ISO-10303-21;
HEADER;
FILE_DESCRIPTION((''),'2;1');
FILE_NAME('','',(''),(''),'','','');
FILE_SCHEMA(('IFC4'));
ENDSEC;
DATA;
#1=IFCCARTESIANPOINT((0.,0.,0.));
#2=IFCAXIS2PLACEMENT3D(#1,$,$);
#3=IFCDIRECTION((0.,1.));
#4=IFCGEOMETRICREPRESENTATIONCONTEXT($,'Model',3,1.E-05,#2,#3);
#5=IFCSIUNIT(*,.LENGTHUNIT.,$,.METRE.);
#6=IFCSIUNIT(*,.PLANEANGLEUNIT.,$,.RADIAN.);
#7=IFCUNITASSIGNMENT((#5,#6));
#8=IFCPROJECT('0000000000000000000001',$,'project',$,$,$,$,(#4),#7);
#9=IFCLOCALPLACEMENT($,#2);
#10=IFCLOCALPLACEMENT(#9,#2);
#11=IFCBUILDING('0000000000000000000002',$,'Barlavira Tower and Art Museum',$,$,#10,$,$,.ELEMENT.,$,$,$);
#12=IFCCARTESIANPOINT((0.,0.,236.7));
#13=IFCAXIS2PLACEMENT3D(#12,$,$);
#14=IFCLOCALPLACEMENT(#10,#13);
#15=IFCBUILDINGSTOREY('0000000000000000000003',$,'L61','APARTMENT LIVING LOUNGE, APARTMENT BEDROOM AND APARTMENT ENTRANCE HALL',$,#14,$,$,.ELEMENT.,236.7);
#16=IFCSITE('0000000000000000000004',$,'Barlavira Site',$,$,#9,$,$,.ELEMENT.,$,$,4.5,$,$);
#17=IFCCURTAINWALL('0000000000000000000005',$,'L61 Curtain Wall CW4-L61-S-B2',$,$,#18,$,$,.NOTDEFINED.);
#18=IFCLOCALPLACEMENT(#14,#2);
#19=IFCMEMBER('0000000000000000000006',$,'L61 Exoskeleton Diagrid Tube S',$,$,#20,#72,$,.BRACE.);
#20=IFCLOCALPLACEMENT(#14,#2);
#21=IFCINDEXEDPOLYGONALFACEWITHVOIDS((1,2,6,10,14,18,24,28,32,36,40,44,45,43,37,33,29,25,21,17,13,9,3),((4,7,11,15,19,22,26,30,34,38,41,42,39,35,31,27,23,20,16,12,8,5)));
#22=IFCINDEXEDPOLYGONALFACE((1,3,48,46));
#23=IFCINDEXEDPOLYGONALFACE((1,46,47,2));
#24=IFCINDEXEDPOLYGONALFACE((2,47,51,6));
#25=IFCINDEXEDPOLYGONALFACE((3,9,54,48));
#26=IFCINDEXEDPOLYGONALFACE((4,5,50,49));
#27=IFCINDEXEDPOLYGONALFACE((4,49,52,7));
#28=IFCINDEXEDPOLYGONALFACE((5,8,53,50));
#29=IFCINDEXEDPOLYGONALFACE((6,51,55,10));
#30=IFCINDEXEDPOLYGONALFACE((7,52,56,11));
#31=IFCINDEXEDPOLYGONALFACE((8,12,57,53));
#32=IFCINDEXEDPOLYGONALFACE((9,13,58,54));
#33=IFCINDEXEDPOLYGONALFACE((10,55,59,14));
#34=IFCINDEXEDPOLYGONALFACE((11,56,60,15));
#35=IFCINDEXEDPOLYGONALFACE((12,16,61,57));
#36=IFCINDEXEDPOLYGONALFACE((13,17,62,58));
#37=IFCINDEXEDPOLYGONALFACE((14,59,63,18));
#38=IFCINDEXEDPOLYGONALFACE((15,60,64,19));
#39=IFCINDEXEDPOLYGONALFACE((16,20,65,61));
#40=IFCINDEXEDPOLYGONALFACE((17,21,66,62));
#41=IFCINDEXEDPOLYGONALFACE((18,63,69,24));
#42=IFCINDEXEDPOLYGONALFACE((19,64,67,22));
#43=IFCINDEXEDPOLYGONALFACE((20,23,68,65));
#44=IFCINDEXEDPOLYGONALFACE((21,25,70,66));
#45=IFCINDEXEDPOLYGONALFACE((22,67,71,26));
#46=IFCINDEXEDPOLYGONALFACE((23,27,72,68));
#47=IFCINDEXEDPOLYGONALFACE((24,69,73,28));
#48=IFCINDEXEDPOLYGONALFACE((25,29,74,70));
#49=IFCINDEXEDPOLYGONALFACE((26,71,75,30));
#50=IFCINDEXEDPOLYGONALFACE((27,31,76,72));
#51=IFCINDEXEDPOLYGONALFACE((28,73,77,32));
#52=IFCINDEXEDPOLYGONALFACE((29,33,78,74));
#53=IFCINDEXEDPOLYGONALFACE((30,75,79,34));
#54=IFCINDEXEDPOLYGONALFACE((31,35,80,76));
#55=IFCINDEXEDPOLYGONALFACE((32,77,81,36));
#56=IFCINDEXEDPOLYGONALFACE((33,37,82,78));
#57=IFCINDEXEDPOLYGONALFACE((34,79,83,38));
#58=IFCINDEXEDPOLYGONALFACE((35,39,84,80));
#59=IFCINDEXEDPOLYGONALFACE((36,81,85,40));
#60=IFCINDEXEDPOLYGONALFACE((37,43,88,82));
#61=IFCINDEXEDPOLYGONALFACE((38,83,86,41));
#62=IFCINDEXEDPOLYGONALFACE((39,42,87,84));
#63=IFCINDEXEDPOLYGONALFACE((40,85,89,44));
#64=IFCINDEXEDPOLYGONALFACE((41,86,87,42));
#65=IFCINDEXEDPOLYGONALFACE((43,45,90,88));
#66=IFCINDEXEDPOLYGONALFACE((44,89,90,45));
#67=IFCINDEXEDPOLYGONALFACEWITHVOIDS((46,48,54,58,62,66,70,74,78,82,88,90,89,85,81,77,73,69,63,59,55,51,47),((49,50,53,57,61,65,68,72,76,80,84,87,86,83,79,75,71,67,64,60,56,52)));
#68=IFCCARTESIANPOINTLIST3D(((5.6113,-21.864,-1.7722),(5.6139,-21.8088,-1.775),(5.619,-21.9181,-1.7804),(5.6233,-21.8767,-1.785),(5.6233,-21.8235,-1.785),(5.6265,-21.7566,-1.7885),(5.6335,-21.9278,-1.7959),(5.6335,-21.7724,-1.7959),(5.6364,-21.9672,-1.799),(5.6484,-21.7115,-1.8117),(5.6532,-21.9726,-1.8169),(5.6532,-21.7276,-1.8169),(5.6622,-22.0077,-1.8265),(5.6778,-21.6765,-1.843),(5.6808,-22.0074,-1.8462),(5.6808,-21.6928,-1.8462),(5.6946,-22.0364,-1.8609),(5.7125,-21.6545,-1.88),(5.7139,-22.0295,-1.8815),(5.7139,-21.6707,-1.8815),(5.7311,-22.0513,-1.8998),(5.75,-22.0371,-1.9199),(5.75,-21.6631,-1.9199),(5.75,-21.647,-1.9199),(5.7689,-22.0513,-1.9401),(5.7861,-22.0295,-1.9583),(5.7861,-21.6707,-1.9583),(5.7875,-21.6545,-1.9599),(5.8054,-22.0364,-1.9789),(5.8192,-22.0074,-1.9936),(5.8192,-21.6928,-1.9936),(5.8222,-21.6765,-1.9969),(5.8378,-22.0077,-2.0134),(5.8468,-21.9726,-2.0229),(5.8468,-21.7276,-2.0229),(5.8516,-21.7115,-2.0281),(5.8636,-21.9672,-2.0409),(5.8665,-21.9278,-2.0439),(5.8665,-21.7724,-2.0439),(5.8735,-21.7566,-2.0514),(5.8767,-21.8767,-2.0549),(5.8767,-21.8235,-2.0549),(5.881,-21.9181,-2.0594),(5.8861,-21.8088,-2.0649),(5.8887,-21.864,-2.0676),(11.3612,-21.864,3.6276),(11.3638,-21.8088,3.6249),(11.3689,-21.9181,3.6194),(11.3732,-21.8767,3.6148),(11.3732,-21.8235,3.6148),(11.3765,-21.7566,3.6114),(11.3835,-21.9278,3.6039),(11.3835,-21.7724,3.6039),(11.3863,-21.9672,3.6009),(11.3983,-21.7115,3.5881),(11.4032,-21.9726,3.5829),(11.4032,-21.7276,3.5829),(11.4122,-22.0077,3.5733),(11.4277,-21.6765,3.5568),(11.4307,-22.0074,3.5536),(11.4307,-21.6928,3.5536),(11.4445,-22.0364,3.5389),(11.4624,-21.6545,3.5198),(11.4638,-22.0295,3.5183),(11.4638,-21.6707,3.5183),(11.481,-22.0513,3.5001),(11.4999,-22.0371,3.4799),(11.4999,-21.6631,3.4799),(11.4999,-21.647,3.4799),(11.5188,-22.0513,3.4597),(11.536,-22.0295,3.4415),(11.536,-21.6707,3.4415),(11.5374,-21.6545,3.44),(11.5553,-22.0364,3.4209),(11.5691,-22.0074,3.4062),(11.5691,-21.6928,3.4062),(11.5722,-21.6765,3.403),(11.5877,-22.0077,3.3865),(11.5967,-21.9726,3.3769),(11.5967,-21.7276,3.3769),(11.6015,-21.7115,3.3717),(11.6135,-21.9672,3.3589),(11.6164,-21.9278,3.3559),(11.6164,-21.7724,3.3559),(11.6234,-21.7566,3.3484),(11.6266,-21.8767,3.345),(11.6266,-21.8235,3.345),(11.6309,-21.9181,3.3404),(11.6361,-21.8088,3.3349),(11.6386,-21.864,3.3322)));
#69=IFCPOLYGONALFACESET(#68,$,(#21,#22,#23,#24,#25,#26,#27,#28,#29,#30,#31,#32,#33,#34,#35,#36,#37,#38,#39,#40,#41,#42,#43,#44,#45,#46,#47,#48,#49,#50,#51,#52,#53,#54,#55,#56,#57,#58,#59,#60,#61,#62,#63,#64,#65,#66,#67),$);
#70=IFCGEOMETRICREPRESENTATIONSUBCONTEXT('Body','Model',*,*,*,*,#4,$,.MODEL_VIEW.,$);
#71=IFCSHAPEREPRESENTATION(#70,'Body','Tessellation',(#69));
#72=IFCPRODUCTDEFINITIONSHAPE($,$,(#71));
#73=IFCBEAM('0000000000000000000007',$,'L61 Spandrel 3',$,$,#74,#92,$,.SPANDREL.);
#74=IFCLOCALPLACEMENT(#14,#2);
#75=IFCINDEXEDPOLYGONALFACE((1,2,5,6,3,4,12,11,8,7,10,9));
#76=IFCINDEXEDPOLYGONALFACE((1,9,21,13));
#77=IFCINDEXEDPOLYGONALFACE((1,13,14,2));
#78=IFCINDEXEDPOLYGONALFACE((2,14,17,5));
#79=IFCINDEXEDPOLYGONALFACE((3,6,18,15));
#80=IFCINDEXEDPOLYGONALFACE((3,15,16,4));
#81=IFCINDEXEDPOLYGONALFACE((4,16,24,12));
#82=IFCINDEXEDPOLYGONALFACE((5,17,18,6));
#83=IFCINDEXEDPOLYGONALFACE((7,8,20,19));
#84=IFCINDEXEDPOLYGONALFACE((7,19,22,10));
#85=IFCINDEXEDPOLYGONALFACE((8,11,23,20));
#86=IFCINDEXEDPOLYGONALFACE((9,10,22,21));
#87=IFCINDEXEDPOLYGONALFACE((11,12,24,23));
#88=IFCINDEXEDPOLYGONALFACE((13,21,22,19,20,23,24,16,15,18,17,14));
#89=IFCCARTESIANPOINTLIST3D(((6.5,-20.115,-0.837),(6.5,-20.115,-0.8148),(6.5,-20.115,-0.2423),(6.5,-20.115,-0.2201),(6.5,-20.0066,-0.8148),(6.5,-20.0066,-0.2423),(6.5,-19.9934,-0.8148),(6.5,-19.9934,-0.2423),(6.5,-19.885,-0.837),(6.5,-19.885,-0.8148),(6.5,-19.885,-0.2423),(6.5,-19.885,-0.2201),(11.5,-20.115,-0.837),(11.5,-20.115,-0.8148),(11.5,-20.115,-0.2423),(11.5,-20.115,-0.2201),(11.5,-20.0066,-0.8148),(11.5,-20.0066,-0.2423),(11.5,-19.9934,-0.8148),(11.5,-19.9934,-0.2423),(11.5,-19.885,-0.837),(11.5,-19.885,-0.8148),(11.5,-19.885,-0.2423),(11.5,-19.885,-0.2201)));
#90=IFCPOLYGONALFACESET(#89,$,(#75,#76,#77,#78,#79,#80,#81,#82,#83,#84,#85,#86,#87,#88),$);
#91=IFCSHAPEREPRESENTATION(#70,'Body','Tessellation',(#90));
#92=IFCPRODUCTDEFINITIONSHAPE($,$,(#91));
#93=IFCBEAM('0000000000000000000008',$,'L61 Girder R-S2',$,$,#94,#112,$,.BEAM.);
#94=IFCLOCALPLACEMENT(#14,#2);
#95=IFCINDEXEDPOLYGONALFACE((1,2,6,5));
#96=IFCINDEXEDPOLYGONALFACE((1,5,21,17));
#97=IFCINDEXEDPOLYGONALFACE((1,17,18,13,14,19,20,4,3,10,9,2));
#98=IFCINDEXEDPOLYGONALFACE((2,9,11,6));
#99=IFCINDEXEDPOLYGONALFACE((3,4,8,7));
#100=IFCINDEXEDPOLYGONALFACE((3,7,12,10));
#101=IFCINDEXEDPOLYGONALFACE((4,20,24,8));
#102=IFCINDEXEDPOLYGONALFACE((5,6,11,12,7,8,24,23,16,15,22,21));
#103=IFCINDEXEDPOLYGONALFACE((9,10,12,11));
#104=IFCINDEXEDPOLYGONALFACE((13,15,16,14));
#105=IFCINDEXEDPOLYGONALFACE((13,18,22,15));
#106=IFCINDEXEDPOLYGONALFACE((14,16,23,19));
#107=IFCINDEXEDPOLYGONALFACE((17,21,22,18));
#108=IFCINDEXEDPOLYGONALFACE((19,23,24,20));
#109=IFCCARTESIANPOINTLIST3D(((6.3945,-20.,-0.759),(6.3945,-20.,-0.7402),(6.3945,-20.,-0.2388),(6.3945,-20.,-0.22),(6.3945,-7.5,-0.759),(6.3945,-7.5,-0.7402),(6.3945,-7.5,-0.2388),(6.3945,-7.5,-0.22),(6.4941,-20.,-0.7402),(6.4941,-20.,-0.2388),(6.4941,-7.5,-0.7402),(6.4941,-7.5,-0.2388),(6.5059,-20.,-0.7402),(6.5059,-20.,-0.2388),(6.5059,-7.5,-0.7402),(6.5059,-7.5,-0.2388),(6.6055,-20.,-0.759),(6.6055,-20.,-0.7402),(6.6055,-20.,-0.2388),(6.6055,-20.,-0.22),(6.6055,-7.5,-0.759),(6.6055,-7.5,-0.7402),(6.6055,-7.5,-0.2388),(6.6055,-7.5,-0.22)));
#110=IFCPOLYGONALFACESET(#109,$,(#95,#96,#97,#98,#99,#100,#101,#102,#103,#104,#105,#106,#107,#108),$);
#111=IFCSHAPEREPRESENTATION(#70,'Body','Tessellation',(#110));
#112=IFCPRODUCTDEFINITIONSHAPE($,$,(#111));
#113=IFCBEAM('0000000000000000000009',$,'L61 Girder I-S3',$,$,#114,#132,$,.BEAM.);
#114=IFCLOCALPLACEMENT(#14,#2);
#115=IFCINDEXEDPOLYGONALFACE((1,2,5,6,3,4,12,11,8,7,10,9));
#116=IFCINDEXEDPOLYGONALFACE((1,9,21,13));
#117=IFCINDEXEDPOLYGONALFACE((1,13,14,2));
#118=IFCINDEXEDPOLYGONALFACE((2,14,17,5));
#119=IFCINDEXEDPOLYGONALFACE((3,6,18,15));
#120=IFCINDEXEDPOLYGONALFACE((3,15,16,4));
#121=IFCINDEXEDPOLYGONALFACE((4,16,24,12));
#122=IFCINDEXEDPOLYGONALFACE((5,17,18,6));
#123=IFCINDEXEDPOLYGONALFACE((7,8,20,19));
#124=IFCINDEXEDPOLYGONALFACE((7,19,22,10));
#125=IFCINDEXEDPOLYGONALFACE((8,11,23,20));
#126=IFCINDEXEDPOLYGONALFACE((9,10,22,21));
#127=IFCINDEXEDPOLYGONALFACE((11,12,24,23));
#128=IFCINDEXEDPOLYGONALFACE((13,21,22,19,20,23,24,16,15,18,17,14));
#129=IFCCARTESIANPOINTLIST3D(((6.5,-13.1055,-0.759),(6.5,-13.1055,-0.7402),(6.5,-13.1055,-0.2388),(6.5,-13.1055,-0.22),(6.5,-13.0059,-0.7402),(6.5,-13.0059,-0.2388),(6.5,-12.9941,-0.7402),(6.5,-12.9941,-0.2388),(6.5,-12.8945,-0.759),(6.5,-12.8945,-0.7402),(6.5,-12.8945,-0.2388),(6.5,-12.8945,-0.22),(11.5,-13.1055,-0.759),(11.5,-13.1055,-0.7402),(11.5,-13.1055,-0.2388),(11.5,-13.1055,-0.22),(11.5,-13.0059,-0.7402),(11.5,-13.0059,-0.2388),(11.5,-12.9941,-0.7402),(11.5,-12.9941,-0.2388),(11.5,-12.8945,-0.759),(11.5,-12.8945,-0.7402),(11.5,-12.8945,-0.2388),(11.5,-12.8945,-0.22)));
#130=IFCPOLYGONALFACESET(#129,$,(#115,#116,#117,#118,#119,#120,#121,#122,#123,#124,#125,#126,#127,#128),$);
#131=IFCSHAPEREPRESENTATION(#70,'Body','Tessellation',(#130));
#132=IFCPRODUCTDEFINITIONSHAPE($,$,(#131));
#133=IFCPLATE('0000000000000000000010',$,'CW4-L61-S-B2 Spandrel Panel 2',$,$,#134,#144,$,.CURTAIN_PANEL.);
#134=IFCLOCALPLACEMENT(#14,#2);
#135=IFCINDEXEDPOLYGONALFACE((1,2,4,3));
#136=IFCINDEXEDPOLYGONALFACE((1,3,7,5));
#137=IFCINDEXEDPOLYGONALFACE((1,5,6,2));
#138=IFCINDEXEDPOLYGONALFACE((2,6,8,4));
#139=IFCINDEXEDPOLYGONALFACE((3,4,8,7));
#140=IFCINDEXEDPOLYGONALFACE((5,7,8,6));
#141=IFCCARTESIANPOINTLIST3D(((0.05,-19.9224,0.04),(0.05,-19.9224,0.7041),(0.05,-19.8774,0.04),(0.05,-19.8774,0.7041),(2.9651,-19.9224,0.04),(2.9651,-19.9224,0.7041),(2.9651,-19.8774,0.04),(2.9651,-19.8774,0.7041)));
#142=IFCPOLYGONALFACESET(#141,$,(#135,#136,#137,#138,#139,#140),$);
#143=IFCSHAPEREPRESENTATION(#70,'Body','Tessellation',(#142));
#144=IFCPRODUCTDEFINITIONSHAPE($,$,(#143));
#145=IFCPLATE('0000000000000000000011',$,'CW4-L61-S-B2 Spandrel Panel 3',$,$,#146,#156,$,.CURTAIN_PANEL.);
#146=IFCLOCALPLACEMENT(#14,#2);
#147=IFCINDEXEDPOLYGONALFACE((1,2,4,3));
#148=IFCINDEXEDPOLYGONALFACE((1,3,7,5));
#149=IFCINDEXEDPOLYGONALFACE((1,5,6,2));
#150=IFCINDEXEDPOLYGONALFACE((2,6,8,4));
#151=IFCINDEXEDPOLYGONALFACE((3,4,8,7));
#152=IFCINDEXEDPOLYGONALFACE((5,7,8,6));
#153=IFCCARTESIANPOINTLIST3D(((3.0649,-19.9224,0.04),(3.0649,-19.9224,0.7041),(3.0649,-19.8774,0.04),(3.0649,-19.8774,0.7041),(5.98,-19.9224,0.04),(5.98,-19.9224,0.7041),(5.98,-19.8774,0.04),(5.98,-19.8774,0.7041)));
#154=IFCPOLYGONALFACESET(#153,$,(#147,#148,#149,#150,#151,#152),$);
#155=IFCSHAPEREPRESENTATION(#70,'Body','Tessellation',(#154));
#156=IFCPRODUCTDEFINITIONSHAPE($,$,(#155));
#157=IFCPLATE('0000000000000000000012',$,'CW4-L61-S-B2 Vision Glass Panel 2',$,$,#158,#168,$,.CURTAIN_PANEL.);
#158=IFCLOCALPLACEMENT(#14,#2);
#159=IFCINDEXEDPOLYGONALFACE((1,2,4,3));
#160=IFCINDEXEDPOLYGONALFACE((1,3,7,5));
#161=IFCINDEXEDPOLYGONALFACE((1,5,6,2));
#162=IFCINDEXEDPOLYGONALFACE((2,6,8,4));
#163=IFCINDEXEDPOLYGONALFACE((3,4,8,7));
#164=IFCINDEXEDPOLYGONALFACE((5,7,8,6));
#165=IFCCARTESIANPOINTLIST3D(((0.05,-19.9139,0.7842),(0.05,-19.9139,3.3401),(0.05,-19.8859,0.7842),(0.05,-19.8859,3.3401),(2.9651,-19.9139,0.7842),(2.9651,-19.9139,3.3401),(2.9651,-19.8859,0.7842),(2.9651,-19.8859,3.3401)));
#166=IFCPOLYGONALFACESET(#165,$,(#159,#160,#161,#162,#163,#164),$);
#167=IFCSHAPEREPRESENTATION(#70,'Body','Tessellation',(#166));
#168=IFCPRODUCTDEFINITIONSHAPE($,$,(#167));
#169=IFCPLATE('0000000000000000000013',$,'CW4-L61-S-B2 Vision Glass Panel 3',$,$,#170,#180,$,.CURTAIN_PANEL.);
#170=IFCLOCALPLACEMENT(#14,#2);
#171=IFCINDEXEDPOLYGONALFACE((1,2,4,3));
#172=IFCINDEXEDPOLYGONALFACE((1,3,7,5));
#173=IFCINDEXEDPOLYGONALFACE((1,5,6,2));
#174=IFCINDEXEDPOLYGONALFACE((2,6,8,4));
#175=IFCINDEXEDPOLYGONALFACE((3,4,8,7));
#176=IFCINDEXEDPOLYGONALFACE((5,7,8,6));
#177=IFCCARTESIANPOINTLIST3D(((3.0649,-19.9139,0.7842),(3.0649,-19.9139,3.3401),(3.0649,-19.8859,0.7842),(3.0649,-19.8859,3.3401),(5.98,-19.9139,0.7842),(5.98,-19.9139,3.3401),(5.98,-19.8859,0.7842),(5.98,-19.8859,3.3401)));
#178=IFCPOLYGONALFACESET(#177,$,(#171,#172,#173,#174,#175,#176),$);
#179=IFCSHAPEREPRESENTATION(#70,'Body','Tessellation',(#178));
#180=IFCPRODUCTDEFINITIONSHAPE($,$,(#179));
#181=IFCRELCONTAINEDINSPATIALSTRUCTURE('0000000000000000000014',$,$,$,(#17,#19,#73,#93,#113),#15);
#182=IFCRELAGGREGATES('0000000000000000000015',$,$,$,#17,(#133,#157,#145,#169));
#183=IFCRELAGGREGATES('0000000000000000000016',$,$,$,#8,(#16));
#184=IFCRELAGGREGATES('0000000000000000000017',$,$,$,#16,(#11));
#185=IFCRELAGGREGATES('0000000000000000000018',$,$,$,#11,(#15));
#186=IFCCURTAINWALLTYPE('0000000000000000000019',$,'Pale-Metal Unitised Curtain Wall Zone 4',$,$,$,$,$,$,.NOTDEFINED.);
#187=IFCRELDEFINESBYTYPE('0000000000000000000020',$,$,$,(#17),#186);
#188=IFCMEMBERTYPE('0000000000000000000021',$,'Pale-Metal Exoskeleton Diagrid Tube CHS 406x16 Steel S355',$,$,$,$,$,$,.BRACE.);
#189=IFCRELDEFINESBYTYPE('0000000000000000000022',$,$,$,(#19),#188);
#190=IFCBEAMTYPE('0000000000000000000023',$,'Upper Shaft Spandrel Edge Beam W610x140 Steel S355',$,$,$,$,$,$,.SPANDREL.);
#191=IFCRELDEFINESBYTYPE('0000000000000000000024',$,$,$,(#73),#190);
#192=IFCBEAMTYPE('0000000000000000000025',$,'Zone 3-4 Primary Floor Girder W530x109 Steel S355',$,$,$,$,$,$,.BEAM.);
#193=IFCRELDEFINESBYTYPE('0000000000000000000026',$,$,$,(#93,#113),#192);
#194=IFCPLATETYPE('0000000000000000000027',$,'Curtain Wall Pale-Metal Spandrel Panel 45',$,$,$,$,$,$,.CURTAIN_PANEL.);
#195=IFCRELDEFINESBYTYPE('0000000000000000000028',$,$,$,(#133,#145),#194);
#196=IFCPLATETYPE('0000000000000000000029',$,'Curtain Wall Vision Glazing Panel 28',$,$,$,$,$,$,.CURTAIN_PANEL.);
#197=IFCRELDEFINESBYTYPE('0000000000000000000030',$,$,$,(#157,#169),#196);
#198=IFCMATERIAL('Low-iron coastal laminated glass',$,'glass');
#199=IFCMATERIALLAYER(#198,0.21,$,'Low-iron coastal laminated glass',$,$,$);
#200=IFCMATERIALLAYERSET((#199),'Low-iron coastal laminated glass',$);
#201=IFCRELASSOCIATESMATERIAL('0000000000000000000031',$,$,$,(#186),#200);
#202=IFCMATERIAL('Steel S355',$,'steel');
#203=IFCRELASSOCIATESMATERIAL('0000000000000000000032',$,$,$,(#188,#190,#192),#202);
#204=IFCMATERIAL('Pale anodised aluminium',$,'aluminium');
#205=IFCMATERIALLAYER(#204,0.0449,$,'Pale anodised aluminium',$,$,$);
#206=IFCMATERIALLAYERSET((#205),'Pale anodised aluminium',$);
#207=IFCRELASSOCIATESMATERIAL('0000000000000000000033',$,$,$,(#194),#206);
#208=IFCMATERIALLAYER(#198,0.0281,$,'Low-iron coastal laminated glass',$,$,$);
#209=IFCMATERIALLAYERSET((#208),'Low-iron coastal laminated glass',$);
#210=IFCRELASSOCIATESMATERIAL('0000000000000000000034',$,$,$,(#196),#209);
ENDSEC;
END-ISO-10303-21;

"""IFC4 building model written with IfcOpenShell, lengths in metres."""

from ifc_helpers import new_model, si_unit, direction, frame, origin, origin_2d, place, context, subcontext, project, spatial, rectangle, hollow_circle, i_section, extrude, material, layer, layer_set, material_profile, profile_set, type_object, element, aggregate, save


model = new_model("IFC4")

# Units and contexts
model_context = context("Model", 3, precision=1e-05, world=origin(), true_north=direction((0.0, 1.0)))
body_context = subcontext(model_context, "Body", "Model", "MODEL_VIEW")
ifc_project = project(units=[si_unit("LENGTHUNIT", "METRE"), si_unit("PLANEANGLEUNIT", "RADIAN")], contexts=[model_context])

# Site, building, storey
site_placement = place(None, origin())
site = spatial("IfcSite", under=ifc_project, at=site_placement, Name="Barlavira Site", CompositionType="ELEMENT", RefElevation=4.5)
building_placement = place(site_placement, origin())
building = spatial("IfcBuilding", under=site, at=building_placement, Name="Barlavira Tower and Art Museum", CompositionType="ELEMENT")
storey_placement = place(building_placement, frame((0.0, 0.0, 236.7)))
storey = spatial("IfcBuildingStorey", under=building, at=storey_placement, Name="L61", Description="APARTMENT LIVING LOUNGE, APARTMENT BEDROOM AND APARTMENT ENTRANCE HALL", CompositionType="ELEMENT", Elevation=236.7)

# Curtain wall
ifc_material_1 = material(Name="Low-iron coastal laminated glass", Category="glass")
ifc_layer_1 = layer(ifc_material_1, 0.21, Name="Low-iron coastal laminated glass")
ifc_layer_set_1 = layer_set([ifc_layer_1], Name="Low-iron coastal laminated glass")
curtain_wall_type = type_object("IfcCurtainWallType", Name="Pale-Metal Unitised Curtain Wall Zone 4", PredefinedType="NOTDEFINED", material=ifc_layer_set_1)
curtain_wall_placement = place(storey_placement, origin())
curtain_wall = element("IfcCurtainWall", 1, at=curtain_wall_placement, inside=storey, type_object=curtain_wall_type, Name="L61 Curtain Wall CW4-L61-S-B2", PredefinedType="NOTDEFINED")
ifc_material_2 = material(Name="Pale anodised aluminium", Category="aluminium")

# Member
ifc_material_3 = material(Name="Steel S355", Category="steel")
ifc_material_profile_1 = material_profile(ifc_material_3, hollow_circle(Radius=0.2031, WallThickness=0.0161, at=origin_2d()), Name="CHS 406.4x16.0")
ifc_profile_set_1 = profile_set([ifc_material_profile_1], Name="Steel S355")
member_type_1 = type_object("IfcMemberType", Name="Pale-Metal Exoskeleton Diagrid Tube CHS 406x16 Steel S355", PredefinedType="BRACE", material=ifc_profile_set_1)
for number, where, z_axis, x_axis, name in (
    (2, (5.75, -21.8501, -1.9199), (0.72895, 0.0, 0.684567), (0.0, 1.0, 0.0), "L61 Exoskeleton Diagrid Tube S"),
):
    element("IfcMember", number, at=place(storey_placement, frame(where, z_axis=z_axis, x_axis=x_axis)), inside=storey, type_object=member_type_1, Name=name, PredefinedType="BRACE", context=body_context, shape_type="SweptSolid", body=[
        extrude(hollow_circle(Radius=0.2031, WallThickness=0.0161, at=origin_2d()), origin(), (0.0, 0.0, 1.0), 7.8879),
    ])

# Beams
ifc_material_profile_2 = material_profile(ifc_material_3, i_section(OverallWidth=0.23, OverallDepth=0.6169, WebThickness=0.0132, FlangeThickness=0.0222, at=origin_2d()), Name="W610x140.0")
ifc_profile_set_2 = profile_set([ifc_material_profile_2], Name="Steel S355")
beam_type_1 = type_object("IfcBeamType", Name="Upper Shaft Spandrel Edge Beam W610x140 Steel S355", PredefinedType="SPANDREL", material=ifc_profile_set_2)
beam_1_placement = place(storey_placement, frame((6.5, -20.0, -0.5286), z_axis=(1.0, 0.0, 0.0), x_axis=(0.0, 1.0, 0.0)))
element("IfcBeam", 3, at=beam_1_placement, inside=storey, type_object=beam_type_1, Name="L61 Spandrel 3", PredefinedType="SPANDREL", context=body_context, shape_type="SweptSolid", body=[
    extrude(i_section(OverallWidth=0.23, OverallDepth=0.6169, WebThickness=0.0132, FlangeThickness=0.0222, at=origin_2d()), origin(), (0.0, 0.0, 1.0), 5.0),
])
ifc_material_profile_3 = material_profile(ifc_material_3, i_section(OverallWidth=0.2109, OverallDepth=0.5391, WebThickness=0.0117, FlangeThickness=0.0188, at=origin_2d()), Name="W530x109.0")
ifc_profile_set_3 = profile_set([ifc_material_profile_3], Name="Steel S355")
beam_type_2 = type_object("IfcBeamType", Name="Zone 3-4 Primary Floor Girder W530x109 Steel S355", PredefinedType="BEAM", material=ifc_profile_set_3)
beam_2_placement = place(storey_placement, frame((6.5, -20.0, -0.4895), z_axis=(0.0, 1.0, 0.0), x_axis=(-1.0, 0.0, 0.0)))
element("IfcBeam", 4, at=beam_2_placement, inside=storey, type_object=beam_type_2, Name="L61 Girder R-S2", PredefinedType="BEAM", context=body_context, shape_type="SweptSolid", body=[
    extrude(i_section(OverallWidth=0.2109, OverallDepth=0.5391, WebThickness=0.0117, FlangeThickness=0.0188, at=origin_2d()), origin(), (0.0, 0.0, 1.0), 12.5),
])
beam_3_placement = place(storey_placement, frame((6.5, -13.0, -0.4895), z_axis=(1.0, 0.0, 0.0), x_axis=(0.0, 1.0, 0.0)))
element("IfcBeam", 5, at=beam_3_placement, inside=storey, type_object=beam_type_2, Name="L61 Girder I-S3", PredefinedType="BEAM", context=body_context, shape_type="SweptSolid", body=[
    extrude(i_section(OverallWidth=0.2109, OverallDepth=0.5391, WebThickness=0.0117, FlangeThickness=0.0188, at=origin_2d()), origin(), (0.0, 0.0, 1.0), 5.0),
])

# Plates
ifc_layer_2 = layer(ifc_material_2, 0.0449, Name="Pale anodised aluminium")
ifc_layer_set_2 = layer_set([ifc_layer_2], Name="Pale anodised aluminium")
plate_type_1 = type_object("IfcPlateType", Name="Curtain Wall Pale-Metal Spandrel Panel 45", PredefinedType="CURTAIN_PANEL", material=ifc_layer_set_2)
plate_1_placement = place(storey_placement, frame((1.5076, -19.8999, 0.04), z_axis=(0.0, 0.0, 1.0), x_axis=(1.0, 0.0, 0.0)))
plate_1 = element("IfcPlate", 6, at=plate_1_placement, type_object=plate_type_1, Name="CW4-L61-S-B2 Spandrel Panel 2", PredefinedType="CURTAIN_PANEL", context=body_context, shape_type="SweptSolid", body=[
    extrude(rectangle(XDim=2.915, YDim=0.0449, at=origin_2d()), origin(), (0.0, 0.0, 1.0), 0.6641),
])
plate_2_placement = place(storey_placement, frame((4.5225, -19.8999, 0.04), z_axis=(0.0, 0.0, 1.0), x_axis=(1.0, 0.0, 0.0)))
plate_2 = element("IfcPlate", 7, at=plate_2_placement, type_object=plate_type_1, Name="CW4-L61-S-B2 Spandrel Panel 3", PredefinedType="CURTAIN_PANEL", context=body_context, shape_type="SweptSolid", body=[
    extrude(rectangle(XDim=2.915, YDim=0.0449, at=origin_2d()), origin(), (0.0, 0.0, 1.0), 0.6641),
])
ifc_layer_3 = layer(ifc_material_1, 0.0281, Name="Low-iron coastal laminated glass")
ifc_layer_set_3 = layer_set([ifc_layer_3], Name="Low-iron coastal laminated glass")
plate_type_2 = type_object("IfcPlateType", Name="Curtain Wall Vision Glazing Panel 28", PredefinedType="CURTAIN_PANEL", material=ifc_layer_set_3)
plate_3_placement = place(storey_placement, frame((1.5076, -19.8999, 0.7842), z_axis=(0.0, 0.0, 1.0), x_axis=(1.0, 0.0, 0.0)))
plate_3 = element("IfcPlate", 8, at=plate_3_placement, type_object=plate_type_2, Name="CW4-L61-S-B2 Vision Glass Panel 2", PredefinedType="CURTAIN_PANEL", context=body_context, shape_type="SweptSolid", body=[
    extrude(rectangle(XDim=2.915, YDim=0.0281, at=origin_2d()), origin(), (0.0, 0.0, 1.0), 2.5559),
])
plate_4_placement = place(storey_placement, frame((4.5225, -19.8999, 0.7842), z_axis=(0.0, 0.0, 1.0), x_axis=(1.0, 0.0, 0.0)))
plate_4 = element("IfcPlate", 9, at=plate_4_placement, type_object=plate_type_2, Name="CW4-L61-S-B2 Vision Glass Panel 3", PredefinedType="CURTAIN_PANEL", context=body_context, shape_type="SweptSolid", body=[
    extrude(rectangle(XDim=2.915, YDim=0.0281, at=origin_2d()), origin(), (0.0, 0.0, 1.0), 2.5559),
])
aggregate(curtain_wall, [plate_1, plate_3, plate_2, plate_4])

save(model, "model.ifc")
